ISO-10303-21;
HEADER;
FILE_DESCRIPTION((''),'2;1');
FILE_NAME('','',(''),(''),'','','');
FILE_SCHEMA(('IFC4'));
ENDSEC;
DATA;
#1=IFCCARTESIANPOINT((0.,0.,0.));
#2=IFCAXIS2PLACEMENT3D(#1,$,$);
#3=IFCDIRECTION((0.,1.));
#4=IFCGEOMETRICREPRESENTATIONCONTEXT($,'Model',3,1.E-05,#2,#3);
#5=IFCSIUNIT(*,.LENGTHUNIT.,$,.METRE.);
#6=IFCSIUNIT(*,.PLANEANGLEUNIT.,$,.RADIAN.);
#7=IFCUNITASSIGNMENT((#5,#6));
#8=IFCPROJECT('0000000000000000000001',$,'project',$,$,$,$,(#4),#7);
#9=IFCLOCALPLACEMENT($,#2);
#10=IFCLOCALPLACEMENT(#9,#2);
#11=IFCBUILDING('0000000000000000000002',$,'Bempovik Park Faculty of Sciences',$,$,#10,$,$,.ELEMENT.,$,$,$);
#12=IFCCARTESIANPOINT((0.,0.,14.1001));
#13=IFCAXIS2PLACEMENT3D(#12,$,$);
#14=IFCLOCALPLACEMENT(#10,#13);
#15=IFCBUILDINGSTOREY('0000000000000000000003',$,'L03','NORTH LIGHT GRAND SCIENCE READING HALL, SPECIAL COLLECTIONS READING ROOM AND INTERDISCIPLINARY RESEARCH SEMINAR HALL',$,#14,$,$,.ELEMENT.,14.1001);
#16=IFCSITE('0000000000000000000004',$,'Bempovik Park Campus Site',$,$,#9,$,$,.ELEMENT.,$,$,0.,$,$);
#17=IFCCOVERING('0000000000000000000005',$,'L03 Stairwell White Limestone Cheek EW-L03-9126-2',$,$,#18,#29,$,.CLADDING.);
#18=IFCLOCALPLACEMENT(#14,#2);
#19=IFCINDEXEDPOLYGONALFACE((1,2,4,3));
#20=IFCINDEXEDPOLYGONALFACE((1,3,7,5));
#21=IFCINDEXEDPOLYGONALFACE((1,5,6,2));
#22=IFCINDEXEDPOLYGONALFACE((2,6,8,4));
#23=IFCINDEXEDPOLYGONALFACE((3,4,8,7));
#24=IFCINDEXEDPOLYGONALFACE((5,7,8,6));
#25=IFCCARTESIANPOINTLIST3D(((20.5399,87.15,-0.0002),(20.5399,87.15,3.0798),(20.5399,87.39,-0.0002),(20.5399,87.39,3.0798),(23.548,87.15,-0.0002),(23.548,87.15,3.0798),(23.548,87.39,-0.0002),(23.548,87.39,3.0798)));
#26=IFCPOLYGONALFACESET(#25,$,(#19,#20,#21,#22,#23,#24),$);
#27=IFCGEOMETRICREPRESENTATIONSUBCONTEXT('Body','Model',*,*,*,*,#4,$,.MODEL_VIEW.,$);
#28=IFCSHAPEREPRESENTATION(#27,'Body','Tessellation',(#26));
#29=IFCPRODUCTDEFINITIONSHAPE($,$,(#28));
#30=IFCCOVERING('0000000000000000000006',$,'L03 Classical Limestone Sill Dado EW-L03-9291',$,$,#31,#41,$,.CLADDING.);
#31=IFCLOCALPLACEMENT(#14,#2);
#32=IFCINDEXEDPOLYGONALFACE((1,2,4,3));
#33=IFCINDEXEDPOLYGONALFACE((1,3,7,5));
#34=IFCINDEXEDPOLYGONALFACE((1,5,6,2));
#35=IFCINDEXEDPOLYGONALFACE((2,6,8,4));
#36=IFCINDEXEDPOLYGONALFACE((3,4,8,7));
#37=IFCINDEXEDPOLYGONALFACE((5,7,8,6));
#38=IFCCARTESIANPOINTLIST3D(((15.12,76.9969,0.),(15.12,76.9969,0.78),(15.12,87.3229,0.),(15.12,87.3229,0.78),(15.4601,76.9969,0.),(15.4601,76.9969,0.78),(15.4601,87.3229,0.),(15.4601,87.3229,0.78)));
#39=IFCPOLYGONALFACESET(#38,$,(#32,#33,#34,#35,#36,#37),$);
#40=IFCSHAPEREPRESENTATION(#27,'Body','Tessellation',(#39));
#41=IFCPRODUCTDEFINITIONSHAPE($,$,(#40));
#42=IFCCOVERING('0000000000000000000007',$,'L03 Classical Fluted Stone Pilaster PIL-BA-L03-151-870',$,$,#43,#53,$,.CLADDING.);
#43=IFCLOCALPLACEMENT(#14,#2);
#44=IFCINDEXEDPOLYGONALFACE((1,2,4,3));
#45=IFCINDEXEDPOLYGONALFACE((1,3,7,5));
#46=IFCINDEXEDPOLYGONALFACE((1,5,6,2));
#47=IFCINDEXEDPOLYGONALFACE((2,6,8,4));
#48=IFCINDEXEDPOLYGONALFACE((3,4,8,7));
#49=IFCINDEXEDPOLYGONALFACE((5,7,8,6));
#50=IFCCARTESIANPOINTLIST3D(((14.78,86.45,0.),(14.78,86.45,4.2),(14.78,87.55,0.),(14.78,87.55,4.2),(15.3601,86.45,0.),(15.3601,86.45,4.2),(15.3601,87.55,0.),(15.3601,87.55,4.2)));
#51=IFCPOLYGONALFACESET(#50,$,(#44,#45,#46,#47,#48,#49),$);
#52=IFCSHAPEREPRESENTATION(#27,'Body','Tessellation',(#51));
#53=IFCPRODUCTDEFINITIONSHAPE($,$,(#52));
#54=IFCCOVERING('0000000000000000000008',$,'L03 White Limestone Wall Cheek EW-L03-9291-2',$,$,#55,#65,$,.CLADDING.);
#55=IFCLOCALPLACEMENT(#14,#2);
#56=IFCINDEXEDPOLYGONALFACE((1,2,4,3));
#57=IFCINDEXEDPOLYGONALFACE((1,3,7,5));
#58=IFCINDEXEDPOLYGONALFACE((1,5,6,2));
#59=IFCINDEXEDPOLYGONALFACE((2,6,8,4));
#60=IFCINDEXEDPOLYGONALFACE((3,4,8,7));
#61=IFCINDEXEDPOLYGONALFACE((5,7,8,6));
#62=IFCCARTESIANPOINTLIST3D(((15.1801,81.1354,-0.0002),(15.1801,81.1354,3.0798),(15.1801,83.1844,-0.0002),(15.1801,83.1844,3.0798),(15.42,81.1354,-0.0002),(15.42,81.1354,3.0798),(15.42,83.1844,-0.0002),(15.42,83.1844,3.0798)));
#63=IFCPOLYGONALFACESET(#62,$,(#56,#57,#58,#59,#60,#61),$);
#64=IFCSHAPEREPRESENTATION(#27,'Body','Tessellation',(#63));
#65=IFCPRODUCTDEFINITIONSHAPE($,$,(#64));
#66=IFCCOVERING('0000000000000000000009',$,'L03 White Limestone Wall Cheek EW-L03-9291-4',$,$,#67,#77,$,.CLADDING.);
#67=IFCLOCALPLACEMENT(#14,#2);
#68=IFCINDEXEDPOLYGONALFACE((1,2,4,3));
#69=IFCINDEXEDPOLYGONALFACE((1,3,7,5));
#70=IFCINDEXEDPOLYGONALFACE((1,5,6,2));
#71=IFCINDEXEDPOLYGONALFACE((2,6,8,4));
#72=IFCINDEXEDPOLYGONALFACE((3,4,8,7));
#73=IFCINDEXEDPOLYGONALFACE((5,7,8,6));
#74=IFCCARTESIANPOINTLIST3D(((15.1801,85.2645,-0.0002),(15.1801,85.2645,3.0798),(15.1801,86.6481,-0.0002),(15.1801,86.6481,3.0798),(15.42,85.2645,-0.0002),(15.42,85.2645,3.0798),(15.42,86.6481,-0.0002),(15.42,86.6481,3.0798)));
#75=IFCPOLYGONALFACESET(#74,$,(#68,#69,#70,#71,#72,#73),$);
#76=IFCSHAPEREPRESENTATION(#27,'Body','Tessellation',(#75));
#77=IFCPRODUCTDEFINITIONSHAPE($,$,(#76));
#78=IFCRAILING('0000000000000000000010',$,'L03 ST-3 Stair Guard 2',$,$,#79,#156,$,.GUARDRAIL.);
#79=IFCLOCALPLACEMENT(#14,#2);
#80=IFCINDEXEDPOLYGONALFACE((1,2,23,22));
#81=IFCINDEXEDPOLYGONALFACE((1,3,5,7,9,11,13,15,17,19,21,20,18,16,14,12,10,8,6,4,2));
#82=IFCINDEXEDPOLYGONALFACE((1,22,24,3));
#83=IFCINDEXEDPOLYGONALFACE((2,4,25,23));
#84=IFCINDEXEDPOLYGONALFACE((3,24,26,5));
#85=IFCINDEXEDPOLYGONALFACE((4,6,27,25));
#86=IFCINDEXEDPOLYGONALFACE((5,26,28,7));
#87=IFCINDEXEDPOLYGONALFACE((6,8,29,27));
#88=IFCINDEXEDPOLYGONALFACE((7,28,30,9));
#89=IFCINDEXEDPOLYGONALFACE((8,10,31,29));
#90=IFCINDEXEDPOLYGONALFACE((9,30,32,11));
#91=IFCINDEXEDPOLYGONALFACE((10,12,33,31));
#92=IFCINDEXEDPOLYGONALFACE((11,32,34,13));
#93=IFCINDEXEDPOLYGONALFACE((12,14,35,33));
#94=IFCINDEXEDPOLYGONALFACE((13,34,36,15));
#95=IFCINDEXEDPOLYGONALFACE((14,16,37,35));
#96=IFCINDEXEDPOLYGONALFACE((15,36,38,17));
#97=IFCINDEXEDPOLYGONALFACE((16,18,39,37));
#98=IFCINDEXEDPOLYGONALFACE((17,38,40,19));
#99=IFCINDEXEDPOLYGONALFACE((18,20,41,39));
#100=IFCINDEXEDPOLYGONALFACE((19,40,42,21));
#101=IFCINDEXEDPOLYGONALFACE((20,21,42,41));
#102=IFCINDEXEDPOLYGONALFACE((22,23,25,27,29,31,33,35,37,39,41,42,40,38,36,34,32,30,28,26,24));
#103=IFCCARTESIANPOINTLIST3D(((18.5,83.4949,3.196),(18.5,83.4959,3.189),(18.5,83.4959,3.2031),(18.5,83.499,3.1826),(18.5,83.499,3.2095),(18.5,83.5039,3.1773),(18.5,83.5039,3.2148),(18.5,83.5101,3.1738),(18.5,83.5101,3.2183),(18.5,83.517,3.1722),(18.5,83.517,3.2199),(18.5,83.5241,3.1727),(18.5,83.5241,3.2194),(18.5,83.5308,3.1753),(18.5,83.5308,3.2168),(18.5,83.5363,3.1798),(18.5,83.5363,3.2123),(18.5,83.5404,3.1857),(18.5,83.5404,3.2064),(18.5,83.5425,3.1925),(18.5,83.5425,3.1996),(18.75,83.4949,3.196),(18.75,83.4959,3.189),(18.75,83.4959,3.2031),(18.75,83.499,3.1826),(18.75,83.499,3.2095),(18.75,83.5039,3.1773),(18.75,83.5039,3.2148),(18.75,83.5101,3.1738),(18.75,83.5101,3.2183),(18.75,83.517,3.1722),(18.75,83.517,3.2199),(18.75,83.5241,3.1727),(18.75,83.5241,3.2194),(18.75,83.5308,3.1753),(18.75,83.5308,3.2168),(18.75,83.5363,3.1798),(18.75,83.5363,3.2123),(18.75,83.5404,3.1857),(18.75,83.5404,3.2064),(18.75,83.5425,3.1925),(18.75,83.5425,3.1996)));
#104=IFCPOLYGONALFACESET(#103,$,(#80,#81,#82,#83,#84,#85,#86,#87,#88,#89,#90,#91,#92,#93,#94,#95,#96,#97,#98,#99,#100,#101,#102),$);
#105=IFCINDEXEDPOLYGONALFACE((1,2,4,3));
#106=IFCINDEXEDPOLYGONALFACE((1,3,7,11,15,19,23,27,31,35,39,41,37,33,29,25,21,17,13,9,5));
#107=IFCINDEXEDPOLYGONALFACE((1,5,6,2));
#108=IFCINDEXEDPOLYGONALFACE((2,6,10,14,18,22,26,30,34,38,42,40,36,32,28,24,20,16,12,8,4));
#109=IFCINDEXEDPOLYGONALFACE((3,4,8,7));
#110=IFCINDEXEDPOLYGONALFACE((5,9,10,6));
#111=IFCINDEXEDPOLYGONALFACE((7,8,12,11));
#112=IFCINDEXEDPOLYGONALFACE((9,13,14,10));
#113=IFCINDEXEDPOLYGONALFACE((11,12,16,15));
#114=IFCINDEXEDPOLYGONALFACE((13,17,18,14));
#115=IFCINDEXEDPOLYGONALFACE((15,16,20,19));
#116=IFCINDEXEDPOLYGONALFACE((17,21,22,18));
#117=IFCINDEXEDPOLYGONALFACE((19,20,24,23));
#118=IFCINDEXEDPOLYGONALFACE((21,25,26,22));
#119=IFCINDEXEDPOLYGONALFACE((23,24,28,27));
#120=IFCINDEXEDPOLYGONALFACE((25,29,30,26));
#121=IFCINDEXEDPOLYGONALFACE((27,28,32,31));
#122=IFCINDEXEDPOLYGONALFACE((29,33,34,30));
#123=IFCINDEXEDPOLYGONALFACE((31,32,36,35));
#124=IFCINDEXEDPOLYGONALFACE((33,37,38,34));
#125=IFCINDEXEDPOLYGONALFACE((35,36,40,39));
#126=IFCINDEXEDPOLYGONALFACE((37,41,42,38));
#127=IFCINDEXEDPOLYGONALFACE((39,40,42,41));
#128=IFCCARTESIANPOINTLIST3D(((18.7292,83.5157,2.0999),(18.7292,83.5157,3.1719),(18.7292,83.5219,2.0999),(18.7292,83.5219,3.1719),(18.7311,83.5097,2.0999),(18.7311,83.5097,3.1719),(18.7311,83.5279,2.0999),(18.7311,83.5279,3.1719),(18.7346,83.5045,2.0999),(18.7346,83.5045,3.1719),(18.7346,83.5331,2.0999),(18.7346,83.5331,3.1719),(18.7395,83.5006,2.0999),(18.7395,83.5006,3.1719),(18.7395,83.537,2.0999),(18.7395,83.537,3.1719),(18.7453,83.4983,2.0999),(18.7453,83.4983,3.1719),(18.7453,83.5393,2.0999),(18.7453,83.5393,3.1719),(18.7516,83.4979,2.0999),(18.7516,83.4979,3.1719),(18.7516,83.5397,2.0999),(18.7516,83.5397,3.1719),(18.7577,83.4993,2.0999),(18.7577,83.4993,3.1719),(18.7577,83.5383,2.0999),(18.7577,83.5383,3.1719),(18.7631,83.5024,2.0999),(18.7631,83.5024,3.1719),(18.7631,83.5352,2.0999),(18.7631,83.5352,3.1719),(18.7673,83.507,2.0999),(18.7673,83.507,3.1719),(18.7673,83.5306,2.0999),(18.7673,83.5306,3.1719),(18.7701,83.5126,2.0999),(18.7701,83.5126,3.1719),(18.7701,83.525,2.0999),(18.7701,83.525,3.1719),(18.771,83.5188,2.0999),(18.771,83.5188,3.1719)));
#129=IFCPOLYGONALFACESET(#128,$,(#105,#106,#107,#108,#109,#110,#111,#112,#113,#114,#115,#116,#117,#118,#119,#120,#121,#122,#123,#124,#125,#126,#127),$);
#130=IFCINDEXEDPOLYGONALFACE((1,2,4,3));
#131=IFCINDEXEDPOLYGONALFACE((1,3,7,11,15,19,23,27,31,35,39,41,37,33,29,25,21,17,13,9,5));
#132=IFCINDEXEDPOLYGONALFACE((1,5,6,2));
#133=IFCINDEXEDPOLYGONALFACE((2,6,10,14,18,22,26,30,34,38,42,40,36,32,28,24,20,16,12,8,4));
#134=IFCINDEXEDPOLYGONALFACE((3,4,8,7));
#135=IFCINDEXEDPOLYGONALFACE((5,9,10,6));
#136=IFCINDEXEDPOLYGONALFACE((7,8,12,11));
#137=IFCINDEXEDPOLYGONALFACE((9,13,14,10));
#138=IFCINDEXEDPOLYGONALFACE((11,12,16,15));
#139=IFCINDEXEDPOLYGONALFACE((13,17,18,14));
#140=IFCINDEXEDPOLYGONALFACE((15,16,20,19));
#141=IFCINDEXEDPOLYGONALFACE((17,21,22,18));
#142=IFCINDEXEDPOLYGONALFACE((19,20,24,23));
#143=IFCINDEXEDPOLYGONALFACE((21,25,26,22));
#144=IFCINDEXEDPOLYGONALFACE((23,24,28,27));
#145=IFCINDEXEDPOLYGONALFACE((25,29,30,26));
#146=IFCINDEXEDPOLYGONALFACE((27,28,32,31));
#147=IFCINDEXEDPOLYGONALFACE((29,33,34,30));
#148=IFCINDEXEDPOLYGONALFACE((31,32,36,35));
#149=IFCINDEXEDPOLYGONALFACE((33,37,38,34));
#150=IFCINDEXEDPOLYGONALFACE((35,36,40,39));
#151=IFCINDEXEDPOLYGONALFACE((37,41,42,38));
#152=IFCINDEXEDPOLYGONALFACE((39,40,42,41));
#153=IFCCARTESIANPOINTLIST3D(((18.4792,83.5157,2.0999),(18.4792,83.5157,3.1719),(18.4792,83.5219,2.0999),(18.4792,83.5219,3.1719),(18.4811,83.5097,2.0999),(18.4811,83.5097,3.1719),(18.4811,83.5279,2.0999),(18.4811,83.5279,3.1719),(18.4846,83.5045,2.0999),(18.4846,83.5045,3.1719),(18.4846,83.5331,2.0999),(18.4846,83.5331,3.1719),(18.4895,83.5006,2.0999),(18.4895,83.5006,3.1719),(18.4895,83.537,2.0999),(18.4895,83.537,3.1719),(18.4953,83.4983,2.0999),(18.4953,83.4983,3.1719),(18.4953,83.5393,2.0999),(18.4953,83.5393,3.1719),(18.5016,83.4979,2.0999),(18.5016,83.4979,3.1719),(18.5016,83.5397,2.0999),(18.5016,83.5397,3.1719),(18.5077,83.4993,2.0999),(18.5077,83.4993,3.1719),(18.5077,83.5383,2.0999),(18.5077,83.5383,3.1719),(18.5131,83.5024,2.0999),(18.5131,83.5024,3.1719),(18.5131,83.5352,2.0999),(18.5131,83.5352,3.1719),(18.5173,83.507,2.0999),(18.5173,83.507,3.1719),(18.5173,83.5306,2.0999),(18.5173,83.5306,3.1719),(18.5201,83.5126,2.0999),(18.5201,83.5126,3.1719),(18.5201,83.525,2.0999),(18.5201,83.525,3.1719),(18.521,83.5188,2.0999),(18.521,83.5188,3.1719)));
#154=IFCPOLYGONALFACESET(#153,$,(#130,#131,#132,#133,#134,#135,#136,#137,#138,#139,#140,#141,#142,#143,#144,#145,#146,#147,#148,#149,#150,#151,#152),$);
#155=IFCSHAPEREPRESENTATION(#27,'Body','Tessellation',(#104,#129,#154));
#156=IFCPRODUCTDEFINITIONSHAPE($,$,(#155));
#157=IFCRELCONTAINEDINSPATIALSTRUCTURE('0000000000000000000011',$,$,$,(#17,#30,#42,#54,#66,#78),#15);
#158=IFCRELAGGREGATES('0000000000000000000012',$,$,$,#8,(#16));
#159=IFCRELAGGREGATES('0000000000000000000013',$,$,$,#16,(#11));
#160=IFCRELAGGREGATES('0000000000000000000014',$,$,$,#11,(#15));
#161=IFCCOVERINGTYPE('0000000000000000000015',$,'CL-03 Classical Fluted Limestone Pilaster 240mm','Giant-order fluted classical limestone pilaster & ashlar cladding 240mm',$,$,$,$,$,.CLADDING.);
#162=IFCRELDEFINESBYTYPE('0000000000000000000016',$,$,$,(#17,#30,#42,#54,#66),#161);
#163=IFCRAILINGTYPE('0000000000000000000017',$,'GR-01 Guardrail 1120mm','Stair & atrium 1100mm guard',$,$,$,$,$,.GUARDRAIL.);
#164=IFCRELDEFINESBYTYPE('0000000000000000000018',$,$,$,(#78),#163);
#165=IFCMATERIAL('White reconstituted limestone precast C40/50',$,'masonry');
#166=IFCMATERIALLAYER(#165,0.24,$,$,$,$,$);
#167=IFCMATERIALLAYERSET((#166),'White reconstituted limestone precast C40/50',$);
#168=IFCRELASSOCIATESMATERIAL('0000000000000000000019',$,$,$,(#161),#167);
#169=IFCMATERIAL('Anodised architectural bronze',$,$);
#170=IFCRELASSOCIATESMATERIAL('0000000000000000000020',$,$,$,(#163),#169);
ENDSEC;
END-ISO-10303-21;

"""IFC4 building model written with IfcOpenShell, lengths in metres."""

from ifc_helpers import new_model, si_unit, direction, frame, origin, origin_2d, place, context, subcontext, project, spatial, rectangle, circle, extrude, material, layer, layer_set, type_object, element, save


model = new_model("IFC4")

# Units and contexts
model_context = context("Model", 3, precision=1e-05, world=origin(), true_north=direction((0.0, 1.0)))
body_context = subcontext(model_context, "Body", "Model", "MODEL_VIEW")
ifc_project = project(units=[si_unit("LENGTHUNIT", "METRE"), si_unit("PLANEANGLEUNIT", "RADIAN")], contexts=[model_context])

# Site, building, storey
site_placement = place(None, origin())
site = spatial("IfcSite", under=ifc_project, at=site_placement, Name="Bempovik Park Campus Site", CompositionType="ELEMENT", RefElevation=0.0)
building_placement = place(site_placement, origin())
building = spatial("IfcBuilding", under=site, at=building_placement, Name="Bempovik Park Faculty of Sciences", CompositionType="ELEMENT")
storey_placement = place(building_placement, frame((0.0, 0.0, 14.1001)))
storey = spatial("IfcBuildingStorey", under=building, at=storey_placement, Name="L03", Description="NORTH LIGHT GRAND SCIENCE READING HALL, SPECIAL COLLECTIONS READING ROOM AND INTERDISCIPLINARY RESEARCH SEMINAR HALL", CompositionType="ELEMENT", Elevation=14.1001)

# Coverings
ifc_material_1 = material(Name="White reconstituted limestone precast C40/50", Category="masonry")
ifc_layer_1 = layer(ifc_material_1, 0.24)
ifc_layer_set_1 = layer_set([ifc_layer_1], Name="White reconstituted limestone precast C40/50")
covering_type = type_object("IfcCoveringType", Name="CL-03 Classical Fluted Limestone Pilaster 240mm", Description="Giant-order fluted classical limestone pilaster & ashlar cladding 240mm", PredefinedType="CLADDING", material=ifc_layer_set_1)
for number, where, z_axis, x_axis, name in (
    (1, (22.0439, 87.27, -0.0002), (0.0, 0.0, 1.0), (1.0, 0.0, 0.0), "L03 Stairwell White Limestone Cheek EW-L03-9126-2"),
):
    element("IfcCovering", number, at=place(storey_placement, frame(where, z_axis=z_axis, x_axis=x_axis)), inside=storey, type_object=covering_type, Name=name, PredefinedType="CLADDING", context=body_context, shape_type="SweptSolid", body=[
        extrude(rectangle(XDim=3.0081, YDim=0.24, at=origin_2d()), origin(), (0.0, 0.0, 1.0), 3.0801),
    ])
covering_1_placement = place(storey_placement, frame((15.29, 82.1599, 0.0), z_axis=(0.0, 0.0, 1.0), x_axis=(1.0, 0.0, 0.0)))
element("IfcCovering", 2, at=covering_1_placement, inside=storey, type_object=covering_type, Name="L03 Classical Limestone Sill Dado EW-L03-9291", PredefinedType="CLADDING", context=body_context, shape_type="SweptSolid", body=[
    extrude(rectangle(XDim=0.3401, YDim=10.3259, at=origin_2d()), origin(), (0.0, 0.0, 1.0), 0.78),
])
covering_2_placement = place(storey_placement, frame((15.0701, 87.0, 0.0), z_axis=(0.0, 0.0, 1.0), x_axis=(1.0, 0.0, 0.0)))
element("IfcCovering", 3, at=covering_2_placement, inside=storey, type_object=covering_type, Name="L03 Classical Fluted Stone Pilaster PIL-BA-L03-151-870", PredefinedType="CLADDING", context=body_context, shape_type="SweptSolid", body=[
    extrude(rectangle(XDim=0.5801, YDim=1.1001, at=origin_2d()), origin(), (0.0, 0.0, 1.0), 4.2),
])
covering_3_placement = place(storey_placement, frame((15.3, 82.1599, -0.0002), z_axis=(0.0, 0.0, 1.0), x_axis=(1.0, 0.0, 0.0)))
element("IfcCovering", 4, at=covering_3_placement, inside=storey, type_object=covering_type, Name="L03 White Limestone Wall Cheek EW-L03-9291-2", PredefinedType="CLADDING", context=body_context, shape_type="SweptSolid", body=[
    extrude(rectangle(XDim=0.24, YDim=2.0491, at=origin_2d()), origin(), (0.0, 0.0, 1.0), 3.0801),
])
covering_4_placement = place(storey_placement, frame((15.3, 85.9563, -0.0002), z_axis=(0.0, 0.0, 1.0), x_axis=(1.0, 0.0, 0.0)))
element("IfcCovering", 5, at=covering_4_placement, inside=storey, type_object=covering_type, Name="L03 White Limestone Wall Cheek EW-L03-9291-4", PredefinedType="CLADDING", context=body_context, shape_type="SweptSolid", body=[
    extrude(rectangle(XDim=0.24, YDim=1.3835, at=origin_2d()), origin(), (0.0, 0.0, 1.0), 3.0801),
])

# Railing
ifc_material_2 = material(Name="Anodised architectural bronze")
railing_type_1 = type_object("IfcRailingType", Name="GR-01 Guardrail 1120mm", Description="Stair & atrium 1100mm guard", PredefinedType="GUARDRAIL", material=ifc_material_2)
railing_1_placement = place(storey_placement, frame((18.75, 83.5188, 2.0999)))
element("IfcRailing", 6, at=railing_1_placement, inside=storey, type_object=railing_type_1, Name="L03 ST-3 Stair Guard 2", PredefinedType="GUARDRAIL", context=body_context, shape_type="SweptSolid", body=[
    extrude(circle(Radius=0.0239, at=origin_2d()), frame((0.0, 0.0, 1.0962), z_axis=(-1.0, 0.0, 0.0), x_axis=(0.0, -1.0, 0.0)), (0.0, 0.0, 1.0), 0.25),
    extrude(circle(Radius=0.021, at=origin_2d()), origin(), (0.0, 0.0, 1.0), 1.072),
    extrude(circle(Radius=0.021, at=origin_2d()), frame((-0.25, 0.0, 0.0)), (0.0, 0.0, 1.0), 1.072),
])

save(model, "model.ifc")
